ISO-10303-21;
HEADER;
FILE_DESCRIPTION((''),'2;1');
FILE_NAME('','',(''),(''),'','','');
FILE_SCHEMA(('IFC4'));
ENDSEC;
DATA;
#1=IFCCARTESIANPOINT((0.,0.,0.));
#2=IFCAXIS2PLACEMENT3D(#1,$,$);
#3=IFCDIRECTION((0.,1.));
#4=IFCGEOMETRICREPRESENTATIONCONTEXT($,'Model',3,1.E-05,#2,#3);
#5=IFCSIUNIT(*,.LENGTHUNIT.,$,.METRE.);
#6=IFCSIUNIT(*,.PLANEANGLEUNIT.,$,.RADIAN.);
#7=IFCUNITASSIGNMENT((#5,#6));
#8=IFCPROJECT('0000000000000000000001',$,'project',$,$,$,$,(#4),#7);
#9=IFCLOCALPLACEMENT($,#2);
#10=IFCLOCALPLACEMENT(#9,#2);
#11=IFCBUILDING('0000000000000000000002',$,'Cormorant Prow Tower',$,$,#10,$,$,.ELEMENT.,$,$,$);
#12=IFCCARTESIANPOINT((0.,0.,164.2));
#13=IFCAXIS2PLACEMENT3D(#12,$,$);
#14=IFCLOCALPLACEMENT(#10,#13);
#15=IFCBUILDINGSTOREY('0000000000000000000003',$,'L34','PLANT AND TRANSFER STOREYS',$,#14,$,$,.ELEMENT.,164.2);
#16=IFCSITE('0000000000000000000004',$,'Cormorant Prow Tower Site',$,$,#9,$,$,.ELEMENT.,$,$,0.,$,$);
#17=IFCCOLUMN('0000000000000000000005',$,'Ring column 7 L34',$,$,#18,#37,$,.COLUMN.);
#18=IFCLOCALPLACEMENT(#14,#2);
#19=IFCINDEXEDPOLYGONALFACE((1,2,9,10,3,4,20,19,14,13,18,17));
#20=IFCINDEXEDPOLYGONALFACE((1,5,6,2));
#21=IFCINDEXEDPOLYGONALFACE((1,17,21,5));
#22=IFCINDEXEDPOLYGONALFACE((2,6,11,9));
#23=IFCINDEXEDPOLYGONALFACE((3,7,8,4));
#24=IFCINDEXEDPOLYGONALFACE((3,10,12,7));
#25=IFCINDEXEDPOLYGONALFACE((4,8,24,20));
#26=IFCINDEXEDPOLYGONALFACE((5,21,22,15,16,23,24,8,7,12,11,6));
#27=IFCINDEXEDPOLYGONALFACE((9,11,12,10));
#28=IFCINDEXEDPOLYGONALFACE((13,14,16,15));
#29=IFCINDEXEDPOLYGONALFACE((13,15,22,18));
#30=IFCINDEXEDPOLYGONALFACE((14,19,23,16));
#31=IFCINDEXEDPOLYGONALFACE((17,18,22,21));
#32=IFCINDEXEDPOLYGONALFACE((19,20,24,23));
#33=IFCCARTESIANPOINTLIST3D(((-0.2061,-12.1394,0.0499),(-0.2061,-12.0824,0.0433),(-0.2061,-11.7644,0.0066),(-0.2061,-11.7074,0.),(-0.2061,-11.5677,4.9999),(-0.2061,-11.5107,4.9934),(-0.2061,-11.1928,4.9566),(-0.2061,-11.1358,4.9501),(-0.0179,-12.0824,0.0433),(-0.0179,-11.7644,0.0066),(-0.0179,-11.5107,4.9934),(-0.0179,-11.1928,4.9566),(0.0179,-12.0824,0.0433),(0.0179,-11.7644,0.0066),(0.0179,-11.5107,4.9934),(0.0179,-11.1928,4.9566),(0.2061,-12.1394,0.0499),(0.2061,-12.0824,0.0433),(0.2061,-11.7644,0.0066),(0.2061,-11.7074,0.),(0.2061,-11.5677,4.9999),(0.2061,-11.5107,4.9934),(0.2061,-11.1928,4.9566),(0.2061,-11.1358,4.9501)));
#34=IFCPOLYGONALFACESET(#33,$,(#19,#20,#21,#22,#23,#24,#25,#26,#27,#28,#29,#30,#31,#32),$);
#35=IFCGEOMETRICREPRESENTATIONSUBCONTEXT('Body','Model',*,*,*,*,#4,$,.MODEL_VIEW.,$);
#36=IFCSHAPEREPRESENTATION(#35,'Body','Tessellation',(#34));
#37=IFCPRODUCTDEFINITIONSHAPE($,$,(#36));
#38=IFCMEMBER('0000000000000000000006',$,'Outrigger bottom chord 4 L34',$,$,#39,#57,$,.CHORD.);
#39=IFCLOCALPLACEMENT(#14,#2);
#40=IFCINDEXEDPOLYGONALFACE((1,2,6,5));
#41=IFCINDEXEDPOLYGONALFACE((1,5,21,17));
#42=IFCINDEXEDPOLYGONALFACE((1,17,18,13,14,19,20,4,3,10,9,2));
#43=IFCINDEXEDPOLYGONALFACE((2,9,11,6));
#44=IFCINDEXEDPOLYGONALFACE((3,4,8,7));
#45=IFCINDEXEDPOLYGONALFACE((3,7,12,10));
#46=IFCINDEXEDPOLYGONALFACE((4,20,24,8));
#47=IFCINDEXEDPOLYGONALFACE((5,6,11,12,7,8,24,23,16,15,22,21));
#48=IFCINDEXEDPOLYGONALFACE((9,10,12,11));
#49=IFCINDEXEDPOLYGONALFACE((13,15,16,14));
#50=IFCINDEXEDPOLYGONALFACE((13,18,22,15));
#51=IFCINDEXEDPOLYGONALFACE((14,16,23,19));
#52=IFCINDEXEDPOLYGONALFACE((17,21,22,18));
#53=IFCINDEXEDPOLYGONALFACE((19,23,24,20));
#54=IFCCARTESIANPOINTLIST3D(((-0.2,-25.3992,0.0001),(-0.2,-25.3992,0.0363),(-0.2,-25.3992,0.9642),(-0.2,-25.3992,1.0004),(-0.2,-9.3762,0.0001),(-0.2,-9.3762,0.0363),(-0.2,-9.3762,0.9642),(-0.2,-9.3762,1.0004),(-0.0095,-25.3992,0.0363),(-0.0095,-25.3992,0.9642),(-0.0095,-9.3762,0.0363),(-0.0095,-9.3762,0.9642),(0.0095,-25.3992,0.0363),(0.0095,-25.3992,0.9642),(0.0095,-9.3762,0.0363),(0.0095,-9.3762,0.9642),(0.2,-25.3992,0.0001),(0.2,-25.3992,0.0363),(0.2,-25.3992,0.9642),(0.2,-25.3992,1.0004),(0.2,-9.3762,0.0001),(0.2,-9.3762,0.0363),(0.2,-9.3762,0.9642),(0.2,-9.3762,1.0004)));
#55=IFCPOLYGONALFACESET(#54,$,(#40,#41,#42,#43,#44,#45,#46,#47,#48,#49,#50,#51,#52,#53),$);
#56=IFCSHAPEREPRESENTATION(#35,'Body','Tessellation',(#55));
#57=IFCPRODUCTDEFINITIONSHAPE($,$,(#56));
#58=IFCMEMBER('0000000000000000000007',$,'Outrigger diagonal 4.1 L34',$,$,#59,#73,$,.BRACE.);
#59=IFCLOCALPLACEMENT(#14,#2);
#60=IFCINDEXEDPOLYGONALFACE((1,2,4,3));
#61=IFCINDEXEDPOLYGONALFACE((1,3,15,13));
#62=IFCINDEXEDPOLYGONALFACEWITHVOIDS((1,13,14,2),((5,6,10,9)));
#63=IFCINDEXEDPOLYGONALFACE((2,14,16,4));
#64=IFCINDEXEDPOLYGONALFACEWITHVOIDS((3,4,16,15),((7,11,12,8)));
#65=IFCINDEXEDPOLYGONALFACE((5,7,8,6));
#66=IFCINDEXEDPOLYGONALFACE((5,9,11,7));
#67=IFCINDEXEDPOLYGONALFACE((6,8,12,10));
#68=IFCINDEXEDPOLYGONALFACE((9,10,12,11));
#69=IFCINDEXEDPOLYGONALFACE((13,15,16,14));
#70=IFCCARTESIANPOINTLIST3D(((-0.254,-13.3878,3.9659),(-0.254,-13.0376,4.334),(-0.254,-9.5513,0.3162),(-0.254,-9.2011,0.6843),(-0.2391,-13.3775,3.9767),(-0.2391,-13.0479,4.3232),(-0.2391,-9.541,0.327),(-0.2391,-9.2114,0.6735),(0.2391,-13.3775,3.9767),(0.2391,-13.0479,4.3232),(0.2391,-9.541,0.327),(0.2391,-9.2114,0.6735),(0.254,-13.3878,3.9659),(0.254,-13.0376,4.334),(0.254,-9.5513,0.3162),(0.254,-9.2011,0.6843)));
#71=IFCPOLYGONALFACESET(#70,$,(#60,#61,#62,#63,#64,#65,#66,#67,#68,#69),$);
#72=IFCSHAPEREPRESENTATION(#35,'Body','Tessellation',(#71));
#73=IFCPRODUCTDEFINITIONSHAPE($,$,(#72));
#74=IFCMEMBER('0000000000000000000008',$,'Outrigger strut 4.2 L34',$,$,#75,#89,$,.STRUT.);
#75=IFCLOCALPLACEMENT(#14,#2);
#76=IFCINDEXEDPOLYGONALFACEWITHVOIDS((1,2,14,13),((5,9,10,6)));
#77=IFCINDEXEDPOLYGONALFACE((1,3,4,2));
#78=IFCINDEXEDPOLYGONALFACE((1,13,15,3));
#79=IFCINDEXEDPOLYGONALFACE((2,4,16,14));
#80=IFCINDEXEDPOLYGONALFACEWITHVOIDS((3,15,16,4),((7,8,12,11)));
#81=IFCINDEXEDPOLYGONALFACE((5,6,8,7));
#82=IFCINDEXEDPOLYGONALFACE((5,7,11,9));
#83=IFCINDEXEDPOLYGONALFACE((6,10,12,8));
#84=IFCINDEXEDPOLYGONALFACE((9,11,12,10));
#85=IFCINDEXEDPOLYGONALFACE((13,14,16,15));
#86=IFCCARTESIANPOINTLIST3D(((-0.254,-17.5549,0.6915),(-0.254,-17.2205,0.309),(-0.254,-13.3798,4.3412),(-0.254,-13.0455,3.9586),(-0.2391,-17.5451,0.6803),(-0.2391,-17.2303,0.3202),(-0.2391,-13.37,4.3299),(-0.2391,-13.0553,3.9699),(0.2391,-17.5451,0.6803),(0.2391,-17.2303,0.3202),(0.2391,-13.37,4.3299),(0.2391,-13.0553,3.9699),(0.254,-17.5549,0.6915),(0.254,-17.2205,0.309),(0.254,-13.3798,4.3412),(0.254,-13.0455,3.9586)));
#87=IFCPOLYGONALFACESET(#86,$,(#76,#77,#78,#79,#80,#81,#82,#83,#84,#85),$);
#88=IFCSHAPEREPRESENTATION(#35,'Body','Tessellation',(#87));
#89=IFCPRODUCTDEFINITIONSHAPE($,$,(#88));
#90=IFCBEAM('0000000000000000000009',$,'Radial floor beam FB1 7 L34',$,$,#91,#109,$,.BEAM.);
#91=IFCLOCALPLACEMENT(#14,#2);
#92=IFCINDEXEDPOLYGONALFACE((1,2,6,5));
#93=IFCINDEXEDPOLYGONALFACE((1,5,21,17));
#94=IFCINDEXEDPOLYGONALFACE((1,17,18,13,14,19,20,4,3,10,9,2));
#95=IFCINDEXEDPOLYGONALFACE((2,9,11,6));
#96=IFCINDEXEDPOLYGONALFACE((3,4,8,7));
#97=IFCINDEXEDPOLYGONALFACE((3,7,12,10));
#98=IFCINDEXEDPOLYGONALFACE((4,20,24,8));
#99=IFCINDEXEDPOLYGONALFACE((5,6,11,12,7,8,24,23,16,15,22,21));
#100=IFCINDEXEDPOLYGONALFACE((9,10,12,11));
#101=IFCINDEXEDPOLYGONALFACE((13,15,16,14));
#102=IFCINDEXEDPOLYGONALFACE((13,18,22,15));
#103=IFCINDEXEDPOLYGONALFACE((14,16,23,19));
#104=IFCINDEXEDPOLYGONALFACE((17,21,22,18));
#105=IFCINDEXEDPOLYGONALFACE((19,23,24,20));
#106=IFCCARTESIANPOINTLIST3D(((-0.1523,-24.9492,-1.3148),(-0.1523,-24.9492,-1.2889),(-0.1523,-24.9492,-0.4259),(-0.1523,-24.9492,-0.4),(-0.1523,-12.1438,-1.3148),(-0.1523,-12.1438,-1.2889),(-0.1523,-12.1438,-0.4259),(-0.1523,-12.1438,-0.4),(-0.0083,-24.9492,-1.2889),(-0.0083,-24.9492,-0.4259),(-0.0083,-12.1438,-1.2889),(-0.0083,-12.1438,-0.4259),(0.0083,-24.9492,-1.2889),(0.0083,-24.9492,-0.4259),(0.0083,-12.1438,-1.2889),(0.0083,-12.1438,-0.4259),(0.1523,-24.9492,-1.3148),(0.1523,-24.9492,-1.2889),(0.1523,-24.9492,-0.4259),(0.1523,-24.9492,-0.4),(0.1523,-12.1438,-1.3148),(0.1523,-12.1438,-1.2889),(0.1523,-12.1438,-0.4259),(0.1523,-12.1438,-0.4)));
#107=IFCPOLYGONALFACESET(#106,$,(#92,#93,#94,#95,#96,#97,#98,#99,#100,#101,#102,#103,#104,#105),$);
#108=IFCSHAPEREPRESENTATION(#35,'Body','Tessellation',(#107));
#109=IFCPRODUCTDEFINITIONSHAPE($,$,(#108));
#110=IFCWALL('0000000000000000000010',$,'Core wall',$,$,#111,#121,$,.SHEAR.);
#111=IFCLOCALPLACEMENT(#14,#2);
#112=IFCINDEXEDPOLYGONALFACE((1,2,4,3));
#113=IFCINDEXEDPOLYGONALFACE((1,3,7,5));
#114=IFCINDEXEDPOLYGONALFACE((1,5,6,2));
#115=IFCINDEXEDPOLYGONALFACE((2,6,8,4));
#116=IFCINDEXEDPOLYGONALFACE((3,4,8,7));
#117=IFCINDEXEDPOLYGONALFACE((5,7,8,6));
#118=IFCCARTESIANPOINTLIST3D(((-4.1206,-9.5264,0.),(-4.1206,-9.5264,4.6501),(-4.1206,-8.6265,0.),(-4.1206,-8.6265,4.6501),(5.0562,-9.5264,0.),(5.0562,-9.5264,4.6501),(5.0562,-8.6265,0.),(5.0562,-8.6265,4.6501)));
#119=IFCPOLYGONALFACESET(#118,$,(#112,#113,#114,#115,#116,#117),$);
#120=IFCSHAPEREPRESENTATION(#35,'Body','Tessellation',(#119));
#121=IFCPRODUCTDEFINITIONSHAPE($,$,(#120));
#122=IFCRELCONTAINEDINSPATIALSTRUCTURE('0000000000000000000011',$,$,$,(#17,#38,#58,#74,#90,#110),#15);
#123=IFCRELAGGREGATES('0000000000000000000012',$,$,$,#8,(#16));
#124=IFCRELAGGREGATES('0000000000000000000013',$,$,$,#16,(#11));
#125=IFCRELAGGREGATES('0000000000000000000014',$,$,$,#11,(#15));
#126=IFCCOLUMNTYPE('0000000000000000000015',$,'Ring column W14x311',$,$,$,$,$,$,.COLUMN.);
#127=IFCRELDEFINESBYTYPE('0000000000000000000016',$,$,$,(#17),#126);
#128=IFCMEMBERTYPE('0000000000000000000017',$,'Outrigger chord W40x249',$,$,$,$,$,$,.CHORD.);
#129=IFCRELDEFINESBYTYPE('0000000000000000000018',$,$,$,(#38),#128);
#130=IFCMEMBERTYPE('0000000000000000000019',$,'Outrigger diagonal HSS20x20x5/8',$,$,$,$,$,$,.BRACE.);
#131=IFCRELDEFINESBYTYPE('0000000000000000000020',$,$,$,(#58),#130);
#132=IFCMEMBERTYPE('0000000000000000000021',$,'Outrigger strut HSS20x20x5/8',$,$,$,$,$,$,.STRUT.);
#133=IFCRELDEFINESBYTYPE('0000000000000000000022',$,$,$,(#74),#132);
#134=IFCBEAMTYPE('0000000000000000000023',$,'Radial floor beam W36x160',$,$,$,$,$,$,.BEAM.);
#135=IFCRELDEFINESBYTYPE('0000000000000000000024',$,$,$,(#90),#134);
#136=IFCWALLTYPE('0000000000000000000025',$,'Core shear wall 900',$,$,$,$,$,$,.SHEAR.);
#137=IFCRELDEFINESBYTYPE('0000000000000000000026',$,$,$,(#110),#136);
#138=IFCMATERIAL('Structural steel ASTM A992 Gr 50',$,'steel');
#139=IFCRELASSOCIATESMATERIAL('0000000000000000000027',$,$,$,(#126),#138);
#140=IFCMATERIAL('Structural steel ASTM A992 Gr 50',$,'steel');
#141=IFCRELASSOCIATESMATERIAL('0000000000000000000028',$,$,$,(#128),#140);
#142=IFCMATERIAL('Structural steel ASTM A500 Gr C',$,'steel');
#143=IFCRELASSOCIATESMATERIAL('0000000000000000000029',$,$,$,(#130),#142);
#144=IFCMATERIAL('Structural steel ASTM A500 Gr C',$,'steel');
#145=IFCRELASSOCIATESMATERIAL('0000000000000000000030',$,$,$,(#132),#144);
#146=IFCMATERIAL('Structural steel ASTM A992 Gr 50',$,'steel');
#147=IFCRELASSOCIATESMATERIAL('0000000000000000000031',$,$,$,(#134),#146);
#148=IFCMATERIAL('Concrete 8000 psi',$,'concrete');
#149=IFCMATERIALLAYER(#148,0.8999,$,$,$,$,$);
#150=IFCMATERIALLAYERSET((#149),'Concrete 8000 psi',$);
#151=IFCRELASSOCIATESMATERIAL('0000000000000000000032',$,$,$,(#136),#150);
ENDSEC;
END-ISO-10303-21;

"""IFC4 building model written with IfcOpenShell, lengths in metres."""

from ifc_helpers import new_model, si_unit, direction, frame, frame_2d, origin, origin_2d, place, context, subcontext, project, spatial, rectangle, hollow_rectangle, i_section, extrude, material, layer, layer_set, material_profile, profile_set, type_object, element, save


model = new_model("IFC4")

# Units and contexts
model_context = context("Model", 3, precision=1e-05, world=origin(), true_north=direction((0.0, 1.0)))
body_context = subcontext(model_context, "Body", "Model", "MODEL_VIEW")
ifc_project = project(units=[si_unit("LENGTHUNIT", "METRE"), si_unit("PLANEANGLEUNIT", "RADIAN")], contexts=[model_context])

# Site, building, storey
site_placement = place(None, origin())
site = spatial("IfcSite", under=ifc_project, at=site_placement, Name="Cormorant Prow Tower Site", CompositionType="ELEMENT", RefElevation=0.0)
building_placement = place(site_placement, origin())
building = spatial("IfcBuilding", under=site, at=building_placement, Name="Cormorant Prow Tower", CompositionType="ELEMENT")
storey_placement = place(building_placement, frame((0.0, 0.0, 164.2)))
storey = spatial("IfcBuildingStorey", under=building, at=storey_placement, Name="L34", Description="PLANT AND TRANSFER STOREYS", CompositionType="ELEMENT", Elevation=164.2)

# Column
ifc_material_1 = material(Name="Structural steel ASTM A992 Gr 50", Category="steel")
ifc_material_profile_1 = material_profile(ifc_material_1, i_section(OverallWidth=0.4121, OverallDepth=0.4348, WebThickness=0.0359, FlangeThickness=0.0574, at=origin_2d()), Name="W14x311")
ifc_profile_set_1 = profile_set([ifc_material_profile_1], Name="Structural steel ASTM A992 Gr 50")
column_type = type_object("IfcColumnType", Name="Ring column W14x311", PredefinedType="COLUMN", material=ifc_profile_set_1)
column_placement = place(storey_placement, frame((0.0, -11.9263, 0.0), z_axis=(0.0, 0.114716, 0.993398), x_axis=(-1.0, 0.0, 0.0)))
element("IfcColumn", 1, at=column_placement, inside=storey, type_object=column_type, Name="Ring column 7 L34", PredefinedType="COLUMN", context=body_context, shape_type="SweptSolid", body=[
    extrude(i_section(OverallWidth=0.4121, OverallDepth=0.4348, WebThickness=0.0359, FlangeThickness=0.0574, at=origin_2d()), frame((0.0, 0.0, 0.0251)), (0.0, 0.0, 1.0), 4.9829),
])

# Members
ifc_material_2 = material(Name="Structural steel ASTM A992 Gr 50", Category="steel")
ifc_material_profile_2 = material_profile(ifc_material_2, i_section(OverallWidth=0.3999, OverallDepth=1.0002, WebThickness=0.019, FlangeThickness=0.0361, at=origin_2d()), Name="W40x249")
ifc_profile_set_2 = profile_set([ifc_material_profile_2], Name="Structural steel ASTM A992 Gr 50")
member_type_1 = type_object("IfcMemberType", Name="Outrigger chord W40x249", PredefinedType="CHORD", material=ifc_profile_set_2)
member_1_placement = place(storey_placement, frame((0.0, -9.3762, 0.5002), z_axis=(0.0, -1.0, 0.0), x_axis=(1.0, 0.0, 0.0)))
element("IfcMember", 2, at=member_1_placement, inside=storey, type_object=member_type_1, Name="Outrigger bottom chord 4 L34", PredefinedType="CHORD", context=body_context, shape_type="SweptSolid", body=[
    extrude(i_section(OverallWidth=0.3999, OverallDepth=1.0002, WebThickness=0.019, FlangeThickness=0.0361, at=origin_2d()), origin(), (0.0, 0.0, 1.0), 16.0229),
])
ifc_material_3 = material(Name="Structural steel ASTM A500 Gr C", Category="steel")
ifc_material_profile_3 = material_profile(ifc_material_3, hollow_rectangle(XDim=0.5081, YDim=0.5081, WallThickness=0.0149, at=origin_2d()), Name="HSS20x20x5/8")
ifc_profile_set_3 = profile_set([ifc_material_profile_3], Name="Structural steel ASTM A500 Gr C")
member_type_2 = type_object("IfcMemberType", Name="Outrigger diagonal HSS20x20x5/8", PredefinedType="BRACE", material=ifc_profile_set_3)
member_2_placement = place(storey_placement, frame((0.0, -9.3762, 0.5002), z_axis=(0.0, -0.724523, 0.689251), x_axis=(1.0, 0.0, 0.0)))
element("IfcMember", 3, at=member_2_placement, inside=storey, type_object=member_type_2, Name="Outrigger diagonal 4.1 L34", PredefinedType="BRACE", context=body_context, shape_type="SweptSolid", body=[
    extrude(hollow_rectangle(XDim=0.5081, YDim=0.5081, WallThickness=0.0149, at=origin_2d()), origin(), (0.0, 0.0, 1.0), 5.2952),
])
ifc_material_4 = material(Name="Structural steel ASTM A500 Gr C", Category="steel")
ifc_material_profile_4 = material_profile(ifc_material_4, hollow_rectangle(XDim=0.5081, YDim=0.5081, WallThickness=0.0149, at=origin_2d()), Name="HSS20x20x5/8")
ifc_profile_set_4 = profile_set([ifc_material_profile_4], Name="Structural steel ASTM A500 Gr C")
member_type_3 = type_object("IfcMemberType", Name="Outrigger strut HSS20x20x5/8", PredefinedType="STRUT", material=ifc_profile_set_4)
member_3_placement = place(storey_placement, frame((0.0, -13.2126, 4.1499), z_axis=(0.0, -0.75289, -0.658146), x_axis=(1.0, 0.0, 0.0)))
element("IfcMember", 4, at=member_3_placement, inside=storey, type_object=member_type_3, Name="Outrigger strut 4.2 L34", PredefinedType="STRUT", context=body_context, shape_type="SweptSolid", body=[
    extrude(hollow_rectangle(XDim=0.5081, YDim=0.5081, WallThickness=0.0149, at=origin_2d()), origin(), (0.0, 0.0, 1.0), 5.5454),
])

# Beam
ifc_material_5 = material(Name="Structural steel ASTM A992 Gr 50", Category="steel")
ifc_material_profile_5 = material_profile(ifc_material_5, i_section(OverallWidth=0.3047, OverallDepth=0.9148, WebThickness=0.0166, FlangeThickness=0.0259, at=origin_2d()), Name="W36x160")
ifc_profile_set_5 = profile_set([ifc_material_profile_5], Name="Structural steel ASTM A992 Gr 50")
beam_type = type_object("IfcBeamType", Name="Radial floor beam W36x160", PredefinedType="BEAM", material=ifc_profile_set_5)
beam_placement = place(storey_placement, frame((0.0, -12.1438, -0.8574), z_axis=(0.0, -1.0, 0.0), x_axis=(1.0, 0.0, 0.0)))
element("IfcBeam", 5, at=beam_placement, inside=storey, type_object=beam_type, Name="Radial floor beam FB1 7 L34", PredefinedType="BEAM", context=body_context, shape_type="SweptSolid", body=[
    extrude(i_section(OverallWidth=0.3047, OverallDepth=0.9148, WebThickness=0.0166, FlangeThickness=0.0259, at=origin_2d()), origin(), (0.0, 0.0, 1.0), 12.8054),
])

# Wall
ifc_material_6 = material(Name="Concrete 8000 psi", Category="concrete")
ifc_layer_1 = layer(ifc_material_6, 0.8999)
ifc_layer_set_1 = layer_set([ifc_layer_1], Name="Concrete 8000 psi")
wall_type_1 = type_object("IfcWallType", Name="Core shear wall 900", PredefinedType="SHEAR", material=ifc_layer_set_1)
wall_1_placement = place(storey_placement, frame((-4.1206, -9.0764, 0.0), z_axis=(0.0, 0.0, 1.0), x_axis=(1.0, 0.0, 0.0)))
element("IfcWall", 6, at=wall_1_placement, inside=storey, type_object=wall_type_1, Name="Core wall", PredefinedType="SHEAR", context=body_context, shape_type="SweptSolid", body=[
    extrude(rectangle(XDim=9.1768, YDim=0.8999, at=frame_2d((4.5884, 0.0))), origin(), (0.0, 0.0, 1.0), 4.6501),
])

save(model, "model.ifc")
